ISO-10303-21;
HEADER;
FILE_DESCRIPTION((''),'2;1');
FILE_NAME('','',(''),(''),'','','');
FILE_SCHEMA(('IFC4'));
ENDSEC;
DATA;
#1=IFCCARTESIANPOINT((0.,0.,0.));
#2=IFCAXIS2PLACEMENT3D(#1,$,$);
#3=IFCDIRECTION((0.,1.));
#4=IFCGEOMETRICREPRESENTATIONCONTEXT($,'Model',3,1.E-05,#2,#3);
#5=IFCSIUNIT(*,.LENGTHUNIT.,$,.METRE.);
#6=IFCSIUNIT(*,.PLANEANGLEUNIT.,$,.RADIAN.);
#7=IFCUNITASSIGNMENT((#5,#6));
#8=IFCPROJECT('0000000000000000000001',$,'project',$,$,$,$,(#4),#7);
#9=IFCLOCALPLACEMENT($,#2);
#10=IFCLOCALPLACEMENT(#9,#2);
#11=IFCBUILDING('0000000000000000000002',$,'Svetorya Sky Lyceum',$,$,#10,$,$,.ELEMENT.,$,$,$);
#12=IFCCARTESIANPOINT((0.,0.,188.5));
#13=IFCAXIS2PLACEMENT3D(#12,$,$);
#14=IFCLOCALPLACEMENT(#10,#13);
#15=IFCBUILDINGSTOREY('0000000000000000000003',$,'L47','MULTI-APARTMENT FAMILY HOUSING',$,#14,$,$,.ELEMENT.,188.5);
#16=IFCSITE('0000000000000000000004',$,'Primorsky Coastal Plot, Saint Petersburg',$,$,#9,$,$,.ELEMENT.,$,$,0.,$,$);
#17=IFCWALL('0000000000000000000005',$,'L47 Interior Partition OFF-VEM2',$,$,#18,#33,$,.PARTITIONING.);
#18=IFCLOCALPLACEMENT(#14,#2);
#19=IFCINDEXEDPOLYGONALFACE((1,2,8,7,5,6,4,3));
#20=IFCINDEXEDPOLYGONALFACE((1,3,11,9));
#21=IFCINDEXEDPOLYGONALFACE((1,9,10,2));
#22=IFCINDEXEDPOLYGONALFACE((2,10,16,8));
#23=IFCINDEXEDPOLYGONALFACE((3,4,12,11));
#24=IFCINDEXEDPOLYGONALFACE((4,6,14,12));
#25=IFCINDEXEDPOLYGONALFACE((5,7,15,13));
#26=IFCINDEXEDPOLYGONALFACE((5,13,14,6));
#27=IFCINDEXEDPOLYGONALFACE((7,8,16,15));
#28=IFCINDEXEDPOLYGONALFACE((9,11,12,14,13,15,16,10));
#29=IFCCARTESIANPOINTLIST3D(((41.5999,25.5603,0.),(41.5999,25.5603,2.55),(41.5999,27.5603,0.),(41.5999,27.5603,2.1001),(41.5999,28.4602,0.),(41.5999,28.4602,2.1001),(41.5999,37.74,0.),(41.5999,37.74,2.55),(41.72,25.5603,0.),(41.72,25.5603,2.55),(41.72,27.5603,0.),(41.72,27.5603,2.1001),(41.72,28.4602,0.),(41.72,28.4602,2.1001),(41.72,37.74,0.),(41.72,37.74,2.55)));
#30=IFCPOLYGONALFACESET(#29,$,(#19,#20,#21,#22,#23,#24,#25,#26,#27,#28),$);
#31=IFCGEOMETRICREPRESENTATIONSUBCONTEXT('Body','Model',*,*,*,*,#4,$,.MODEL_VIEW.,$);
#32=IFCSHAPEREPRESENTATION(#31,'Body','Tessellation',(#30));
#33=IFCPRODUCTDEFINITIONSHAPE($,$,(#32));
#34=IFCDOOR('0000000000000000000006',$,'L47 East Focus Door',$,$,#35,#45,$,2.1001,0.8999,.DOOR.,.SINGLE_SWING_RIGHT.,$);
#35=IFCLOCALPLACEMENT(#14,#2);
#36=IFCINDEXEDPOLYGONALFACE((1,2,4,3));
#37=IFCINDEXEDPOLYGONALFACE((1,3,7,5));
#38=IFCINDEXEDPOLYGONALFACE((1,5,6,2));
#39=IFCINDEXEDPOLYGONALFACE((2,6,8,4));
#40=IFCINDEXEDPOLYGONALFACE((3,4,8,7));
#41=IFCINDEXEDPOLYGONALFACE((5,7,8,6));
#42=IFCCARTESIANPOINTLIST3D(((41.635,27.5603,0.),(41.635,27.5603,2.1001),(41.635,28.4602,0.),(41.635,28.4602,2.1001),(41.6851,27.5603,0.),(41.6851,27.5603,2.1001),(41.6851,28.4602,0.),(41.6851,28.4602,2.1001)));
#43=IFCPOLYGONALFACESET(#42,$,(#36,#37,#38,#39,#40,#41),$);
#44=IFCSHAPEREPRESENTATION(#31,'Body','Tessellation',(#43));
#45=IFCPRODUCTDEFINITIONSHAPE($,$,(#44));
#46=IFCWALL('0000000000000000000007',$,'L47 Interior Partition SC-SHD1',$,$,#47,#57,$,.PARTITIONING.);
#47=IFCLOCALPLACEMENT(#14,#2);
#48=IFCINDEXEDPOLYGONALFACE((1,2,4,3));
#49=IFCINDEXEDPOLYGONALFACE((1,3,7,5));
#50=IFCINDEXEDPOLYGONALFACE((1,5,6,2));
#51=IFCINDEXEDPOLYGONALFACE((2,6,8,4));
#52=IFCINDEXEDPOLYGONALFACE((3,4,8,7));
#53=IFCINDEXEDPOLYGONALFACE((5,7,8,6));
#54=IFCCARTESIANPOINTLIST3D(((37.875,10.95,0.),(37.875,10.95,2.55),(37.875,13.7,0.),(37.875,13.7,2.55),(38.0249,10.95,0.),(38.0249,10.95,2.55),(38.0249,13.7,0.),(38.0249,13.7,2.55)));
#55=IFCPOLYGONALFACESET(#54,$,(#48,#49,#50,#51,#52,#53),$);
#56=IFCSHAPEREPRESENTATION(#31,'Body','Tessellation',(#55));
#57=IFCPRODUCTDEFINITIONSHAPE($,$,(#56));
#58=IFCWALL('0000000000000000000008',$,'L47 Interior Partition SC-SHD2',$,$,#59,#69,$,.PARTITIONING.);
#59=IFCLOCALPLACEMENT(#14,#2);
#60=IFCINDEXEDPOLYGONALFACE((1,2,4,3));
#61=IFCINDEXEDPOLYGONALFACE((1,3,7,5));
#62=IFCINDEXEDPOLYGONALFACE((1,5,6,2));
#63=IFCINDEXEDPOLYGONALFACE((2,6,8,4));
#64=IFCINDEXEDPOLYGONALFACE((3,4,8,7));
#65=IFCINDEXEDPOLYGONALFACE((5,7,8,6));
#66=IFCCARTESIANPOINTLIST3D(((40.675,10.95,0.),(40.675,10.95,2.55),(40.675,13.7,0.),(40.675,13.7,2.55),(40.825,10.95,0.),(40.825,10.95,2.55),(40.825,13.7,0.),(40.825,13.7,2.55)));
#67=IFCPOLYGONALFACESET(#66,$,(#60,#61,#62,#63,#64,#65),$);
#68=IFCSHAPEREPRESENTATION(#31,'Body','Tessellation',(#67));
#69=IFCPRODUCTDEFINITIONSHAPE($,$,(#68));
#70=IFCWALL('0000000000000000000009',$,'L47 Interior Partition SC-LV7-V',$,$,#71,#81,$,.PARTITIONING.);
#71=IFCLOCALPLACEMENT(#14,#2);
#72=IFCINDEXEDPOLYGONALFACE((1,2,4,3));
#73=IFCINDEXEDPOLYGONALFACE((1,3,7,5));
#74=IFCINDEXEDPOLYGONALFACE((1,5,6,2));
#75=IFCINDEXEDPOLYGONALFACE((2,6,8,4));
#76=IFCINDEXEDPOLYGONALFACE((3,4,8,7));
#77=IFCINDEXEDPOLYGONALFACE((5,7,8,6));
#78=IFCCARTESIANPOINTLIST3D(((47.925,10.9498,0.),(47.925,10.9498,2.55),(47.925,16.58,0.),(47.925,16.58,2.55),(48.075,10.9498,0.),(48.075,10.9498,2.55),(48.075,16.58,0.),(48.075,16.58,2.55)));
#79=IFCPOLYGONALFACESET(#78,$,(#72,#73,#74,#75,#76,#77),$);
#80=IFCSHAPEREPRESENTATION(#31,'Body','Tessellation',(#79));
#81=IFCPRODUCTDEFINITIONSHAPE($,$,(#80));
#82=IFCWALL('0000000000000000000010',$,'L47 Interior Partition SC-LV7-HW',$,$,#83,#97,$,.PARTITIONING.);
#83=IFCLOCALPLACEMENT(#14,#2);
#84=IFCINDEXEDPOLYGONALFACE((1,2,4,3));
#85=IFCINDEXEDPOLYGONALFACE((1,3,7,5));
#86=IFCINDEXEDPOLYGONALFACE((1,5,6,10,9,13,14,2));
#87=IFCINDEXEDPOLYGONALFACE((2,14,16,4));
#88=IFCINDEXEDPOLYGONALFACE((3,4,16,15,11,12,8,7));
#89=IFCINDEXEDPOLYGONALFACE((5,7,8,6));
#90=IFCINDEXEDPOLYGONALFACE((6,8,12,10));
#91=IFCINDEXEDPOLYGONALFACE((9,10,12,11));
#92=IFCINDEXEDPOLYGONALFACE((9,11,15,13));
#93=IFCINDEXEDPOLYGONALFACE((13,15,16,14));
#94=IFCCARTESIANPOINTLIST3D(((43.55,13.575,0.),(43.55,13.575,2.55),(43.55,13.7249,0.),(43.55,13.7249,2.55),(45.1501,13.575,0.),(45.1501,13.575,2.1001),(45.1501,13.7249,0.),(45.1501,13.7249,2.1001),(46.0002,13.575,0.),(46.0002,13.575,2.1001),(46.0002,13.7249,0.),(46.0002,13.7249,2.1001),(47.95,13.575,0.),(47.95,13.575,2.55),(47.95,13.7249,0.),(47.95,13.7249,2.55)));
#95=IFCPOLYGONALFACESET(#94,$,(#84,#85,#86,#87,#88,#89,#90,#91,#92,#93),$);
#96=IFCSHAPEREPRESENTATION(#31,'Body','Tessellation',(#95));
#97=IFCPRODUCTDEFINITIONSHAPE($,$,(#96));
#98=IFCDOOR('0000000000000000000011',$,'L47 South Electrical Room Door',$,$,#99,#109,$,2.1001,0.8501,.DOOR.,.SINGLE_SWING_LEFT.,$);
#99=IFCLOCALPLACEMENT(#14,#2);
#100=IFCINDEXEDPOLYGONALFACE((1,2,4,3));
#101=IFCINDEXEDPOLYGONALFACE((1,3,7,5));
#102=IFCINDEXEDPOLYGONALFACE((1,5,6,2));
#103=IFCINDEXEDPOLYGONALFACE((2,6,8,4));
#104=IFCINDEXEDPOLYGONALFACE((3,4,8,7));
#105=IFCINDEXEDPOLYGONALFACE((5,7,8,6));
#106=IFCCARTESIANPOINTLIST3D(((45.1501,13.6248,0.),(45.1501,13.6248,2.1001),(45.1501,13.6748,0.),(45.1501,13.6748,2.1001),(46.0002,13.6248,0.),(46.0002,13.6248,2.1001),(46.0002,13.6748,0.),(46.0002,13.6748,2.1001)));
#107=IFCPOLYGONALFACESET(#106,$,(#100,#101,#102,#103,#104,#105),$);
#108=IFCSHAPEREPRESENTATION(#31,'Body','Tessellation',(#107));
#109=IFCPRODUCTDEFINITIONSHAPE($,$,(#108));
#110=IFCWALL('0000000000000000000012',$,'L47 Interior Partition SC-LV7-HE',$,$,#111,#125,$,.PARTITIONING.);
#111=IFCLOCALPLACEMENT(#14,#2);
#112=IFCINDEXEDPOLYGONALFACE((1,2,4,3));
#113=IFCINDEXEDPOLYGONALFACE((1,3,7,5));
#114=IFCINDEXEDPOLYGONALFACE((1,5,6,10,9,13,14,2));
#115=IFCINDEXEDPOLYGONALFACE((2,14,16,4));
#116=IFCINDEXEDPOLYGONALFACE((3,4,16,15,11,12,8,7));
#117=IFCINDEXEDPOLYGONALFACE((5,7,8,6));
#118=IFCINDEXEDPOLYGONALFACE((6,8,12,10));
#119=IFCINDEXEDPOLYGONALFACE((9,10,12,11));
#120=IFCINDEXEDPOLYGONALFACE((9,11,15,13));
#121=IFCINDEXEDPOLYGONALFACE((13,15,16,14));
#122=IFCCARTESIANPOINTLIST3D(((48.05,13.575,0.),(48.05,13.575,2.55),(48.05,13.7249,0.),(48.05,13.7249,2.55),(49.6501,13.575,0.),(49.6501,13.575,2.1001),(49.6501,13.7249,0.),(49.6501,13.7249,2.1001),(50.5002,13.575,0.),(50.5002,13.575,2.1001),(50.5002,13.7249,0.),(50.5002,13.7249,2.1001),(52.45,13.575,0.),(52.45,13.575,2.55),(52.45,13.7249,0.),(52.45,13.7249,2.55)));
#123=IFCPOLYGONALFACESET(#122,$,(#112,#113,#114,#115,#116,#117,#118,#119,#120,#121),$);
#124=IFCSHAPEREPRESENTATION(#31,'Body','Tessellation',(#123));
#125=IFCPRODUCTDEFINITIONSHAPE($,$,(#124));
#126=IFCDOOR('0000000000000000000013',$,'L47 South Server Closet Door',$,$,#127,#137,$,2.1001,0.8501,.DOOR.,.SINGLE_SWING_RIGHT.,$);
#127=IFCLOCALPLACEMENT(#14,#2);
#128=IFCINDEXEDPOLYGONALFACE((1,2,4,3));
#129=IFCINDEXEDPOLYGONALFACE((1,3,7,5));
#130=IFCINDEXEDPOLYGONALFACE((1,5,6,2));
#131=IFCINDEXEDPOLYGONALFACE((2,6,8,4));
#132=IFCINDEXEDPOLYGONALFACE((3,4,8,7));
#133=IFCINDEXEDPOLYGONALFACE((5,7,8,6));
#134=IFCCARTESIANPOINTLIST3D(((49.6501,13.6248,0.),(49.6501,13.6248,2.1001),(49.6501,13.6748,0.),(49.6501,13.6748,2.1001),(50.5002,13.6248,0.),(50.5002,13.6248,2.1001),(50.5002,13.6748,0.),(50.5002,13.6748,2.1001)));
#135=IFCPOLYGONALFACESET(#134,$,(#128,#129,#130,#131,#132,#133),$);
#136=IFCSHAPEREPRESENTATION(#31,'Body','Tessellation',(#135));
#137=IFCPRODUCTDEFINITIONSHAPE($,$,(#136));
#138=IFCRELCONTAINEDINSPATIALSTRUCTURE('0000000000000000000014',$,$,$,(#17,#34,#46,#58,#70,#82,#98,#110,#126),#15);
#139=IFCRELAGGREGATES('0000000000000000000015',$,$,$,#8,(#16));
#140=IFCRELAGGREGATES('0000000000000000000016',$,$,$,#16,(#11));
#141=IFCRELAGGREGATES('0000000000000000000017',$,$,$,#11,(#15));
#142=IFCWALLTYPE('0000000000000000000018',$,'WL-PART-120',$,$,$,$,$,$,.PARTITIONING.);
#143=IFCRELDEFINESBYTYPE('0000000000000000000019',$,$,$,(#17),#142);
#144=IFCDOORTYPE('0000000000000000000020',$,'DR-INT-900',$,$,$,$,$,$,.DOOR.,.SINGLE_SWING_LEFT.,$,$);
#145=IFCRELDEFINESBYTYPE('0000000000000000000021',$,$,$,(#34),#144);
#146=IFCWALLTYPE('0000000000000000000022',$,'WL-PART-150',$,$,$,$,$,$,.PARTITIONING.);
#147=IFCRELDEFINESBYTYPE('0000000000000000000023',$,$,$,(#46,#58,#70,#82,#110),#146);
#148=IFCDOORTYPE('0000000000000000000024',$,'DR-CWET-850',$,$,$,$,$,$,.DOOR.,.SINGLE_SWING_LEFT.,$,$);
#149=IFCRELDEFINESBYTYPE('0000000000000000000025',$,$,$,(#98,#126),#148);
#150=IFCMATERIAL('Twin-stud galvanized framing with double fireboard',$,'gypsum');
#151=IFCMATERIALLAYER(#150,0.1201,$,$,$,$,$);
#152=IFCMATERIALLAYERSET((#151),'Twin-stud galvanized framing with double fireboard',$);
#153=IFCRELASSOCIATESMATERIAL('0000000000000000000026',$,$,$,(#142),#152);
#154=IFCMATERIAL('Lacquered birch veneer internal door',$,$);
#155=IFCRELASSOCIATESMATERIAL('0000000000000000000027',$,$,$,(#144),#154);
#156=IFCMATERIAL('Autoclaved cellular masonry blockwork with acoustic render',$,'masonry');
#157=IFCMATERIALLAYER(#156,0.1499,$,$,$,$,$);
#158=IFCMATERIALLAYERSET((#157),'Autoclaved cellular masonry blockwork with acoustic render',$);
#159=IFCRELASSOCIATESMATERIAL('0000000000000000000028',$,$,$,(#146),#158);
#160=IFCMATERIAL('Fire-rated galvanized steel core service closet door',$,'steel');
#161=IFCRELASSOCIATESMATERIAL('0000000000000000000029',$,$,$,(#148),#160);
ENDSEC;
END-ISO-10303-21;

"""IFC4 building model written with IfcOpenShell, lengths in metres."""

from ifc_helpers import new_model, si_unit, direction, frame, frame_2d, origin, place, context, subcontext, project, spatial, rectangle, extrude, material, layer, layer_set, type_object, element, fill, save


model = new_model("IFC4")

# Units and contexts
model_context = context("Model", 3, precision=1e-05, world=origin(), true_north=direction((0.0, 1.0)))
body_context = subcontext(model_context, "Body", "Model", "MODEL_VIEW")
ifc_project = project(units=[si_unit("LENGTHUNIT", "METRE"), si_unit("PLANEANGLEUNIT", "RADIAN")], contexts=[model_context])

# Site, building, storey
site_placement = place(None, origin())
site = spatial("IfcSite", under=ifc_project, at=site_placement, Name="Primorsky Coastal Plot, Saint Petersburg", CompositionType="ELEMENT", RefElevation=0.0)
building_placement = place(site_placement, origin())
building = spatial("IfcBuilding", under=site, at=building_placement, Name="Svetorya Sky Lyceum", CompositionType="ELEMENT")
storey_placement = place(building_placement, frame((0.0, 0.0, 188.5)))
storey = spatial("IfcBuildingStorey", under=building, at=storey_placement, Name="L47", Description="MULTI-APARTMENT FAMILY HOUSING", CompositionType="ELEMENT", Elevation=188.5)

# Wall, opening, door
ifc_material_1 = material(Name="Twin-stud galvanized framing with double fireboard", Category="gypsum")
ifc_layer_1 = layer(ifc_material_1, 0.1201)
ifc_layer_set_1 = layer_set([ifc_layer_1], Name="Twin-stud galvanized framing with double fireboard")
wall_type_1 = type_object("IfcWallType", Name="WL-PART-120", PredefinedType="PARTITIONING", material=ifc_layer_set_1)
ifc_material_2 = material(Name="Lacquered birch veneer internal door")
door_type_1 = type_object("IfcDoorType", Name="DR-INT-900", OperationType="SINGLE_SWING_LEFT", PredefinedType="DOOR", material=ifc_material_2)
wall_1_placement = place(storey_placement, frame((41.6599, 25.5603, 0.0), z_axis=(0.0, 0.0, 1.0), x_axis=(0.0, 1.0, 0.0)))
wall_1 = element("IfcWall", 1, at=wall_1_placement, inside=storey, type_object=wall_type_1, Name="L47 Interior Partition OFF-VEM2", PredefinedType="PARTITIONING", context=body_context, shape_type="SweptSolid", body=[
    extrude(rectangle(XDim=12.1797, YDim=0.1201, at=frame_2d((6.0898, 0.0))), origin(), (0.0, 0.0, 1.0), 2.55),
])
opening_1_placement = place(wall_1_placement, frame((2.0, 0.0, 0.0)))
opening_1 = element("IfcOpeningElement", 2, at=opening_1_placement, cuts=wall_1, PredefinedType="OPENING", context=body_context, shape_type="SweptSolid", body=[
    extrude(rectangle(XDim=0.8999, YDim=2.1001, at=frame_2d((0.45, 1.05))), frame((0.0, 0.0701, 0.0), z_axis=(0.0, -1.0, 0.0), x_axis=(1.0, 0.0, 0.0)), (0.0, 0.0, 1.0), 0.1401),
])
door_1_placement = place(opening_1_placement, origin())
door_1 = element("IfcDoor", 3, at=door_1_placement, inside=storey, type_object=door_type_1, Name="L47 East Focus Door", OperationType="SINGLE_SWING_RIGHT", OverallHeight=2.1001, OverallWidth=0.8999, PredefinedType="DOOR", context=body_context, shape_type="SweptSolid", body=[
    extrude(rectangle(XDim=0.8999, YDim=2.1001, at=frame_2d((0.45, 1.05))), frame((0.0, 0.0249, 0.0), z_axis=(0.0, -1.0, 0.0), x_axis=(1.0, 0.0, 0.0)), (0.0, 0.0, 1.0), 0.05),
])
fill(opening_1, door_1)

# Walls
ifc_material_3 = material(Name="Autoclaved cellular masonry blockwork with acoustic render", Category="masonry")
ifc_layer_2 = layer(ifc_material_3, 0.1499)
ifc_layer_set_2 = layer_set([ifc_layer_2], Name="Autoclaved cellular masonry blockwork with acoustic render")
wall_type_2 = type_object("IfcWallType", Name="WL-PART-150", PredefinedType="PARTITIONING", material=ifc_layer_set_2)
for number, where, z_axis, x_axis, name in (
    (4, (37.95, 10.95, 0.0), (0.0, 0.0, 1.0), (0.0, 1.0, 0.0), "L47 Interior Partition SC-SHD1"),
    (5, (40.75, 10.95, 0.0), (0.0, 0.0, 1.0), (0.0, 1.0, 0.0), "L47 Interior Partition SC-SHD2"),
):
    element("IfcWall", number, at=place(storey_placement, frame(where, z_axis=z_axis, x_axis=x_axis)), inside=storey, type_object=wall_type_2, Name=name, PredefinedType="PARTITIONING", context=body_context, shape_type="SweptSolid", body=[
        extrude(rectangle(XDim=2.75, YDim=0.1499, at=frame_2d((1.375, 0.0))), origin(), (0.0, 0.0, 1.0), 2.55),
    ])
wall_2_placement = place(storey_placement, frame((48.0, 10.95, 0.0), z_axis=(0.0, 0.0, 1.0), x_axis=(0.0, 1.0, 0.0)))
element("IfcWall", 6, at=wall_2_placement, inside=storey, type_object=wall_type_2, Name="L47 Interior Partition SC-LV7-V", PredefinedType="PARTITIONING", context=body_context, shape_type="SweptSolid", body=[
    extrude(rectangle(XDim=5.6301, YDim=0.1499, at=frame_2d((2.8149, 0.0))), origin(), (0.0, 0.0, 1.0), 2.55),
])

# Walls, openings, doors
wall_3_placement = place(storey_placement, frame((43.55, 13.6499, 0.0), z_axis=(0.0, 0.0, 1.0), x_axis=(1.0, 0.0, 0.0)))
wall_3 = element("IfcWall", 7, at=wall_3_placement, inside=storey, type_object=wall_type_2, Name="L47 Interior Partition SC-LV7-HW", PredefinedType="PARTITIONING", context=body_context, shape_type="SweptSolid", body=[
    extrude(rectangle(XDim=4.3999, YDim=0.1499, at=frame_2d((2.2, 0.0))), origin(), (0.0, 0.0, 1.0), 2.55),
])
opening_2_placement = place(wall_3_placement, frame((1.6001, 0.0, 0.0)))
opening_2 = element("IfcOpeningElement", 8, at=opening_2_placement, cuts=wall_3, PredefinedType="OPENING", context=body_context, shape_type="SweptSolid", body=[
    extrude(rectangle(XDim=0.8501, YDim=2.1001, at=frame_2d((0.425, 1.05))), frame((0.0, 0.085, 0.0), z_axis=(0.0, -1.0, 0.0), x_axis=(1.0, 0.0, 0.0)), (0.0, 0.0, 1.0), 0.1699),
])
ifc_material_4 = material(Name="Fire-rated galvanized steel core service closet door", Category="steel")
door_type_2 = type_object("IfcDoorType", Name="DR-CWET-850", OperationType="SINGLE_SWING_LEFT", PredefinedType="DOOR", material=ifc_material_4)
door_2_placement = place(opening_2_placement, origin())
door_2 = element("IfcDoor", 9, at=door_2_placement, inside=storey, type_object=door_type_2, Name="L47 South Electrical Room Door", OperationType="SINGLE_SWING_LEFT", OverallHeight=2.1001, OverallWidth=0.8501, PredefinedType="DOOR", context=body_context, shape_type="SweptSolid", body=[
    extrude(rectangle(XDim=0.8501, YDim=2.1001, at=frame_2d((0.425, 1.05))), frame((0.0, 0.0249, 0.0), z_axis=(0.0, -1.0, 0.0), x_axis=(1.0, 0.0, 0.0)), (0.0, 0.0, 1.0), 0.05),
])
fill(opening_2, door_2)
wall_4_placement = place(storey_placement, frame((48.05, 13.6499, 0.0), z_axis=(0.0, 0.0, 1.0), x_axis=(1.0, 0.0, 0.0)))
wall_4 = element("IfcWall", 10, at=wall_4_placement, inside=storey, type_object=wall_type_2, Name="L47 Interior Partition SC-LV7-HE", PredefinedType="PARTITIONING", context=body_context, shape_type="SweptSolid", body=[
    extrude(rectangle(XDim=4.3999, YDim=0.1499, at=frame_2d((2.2, 0.0))), origin(), (0.0, 0.0, 1.0), 2.55),
])
opening_3_placement = place(wall_4_placement, frame((1.6001, 0.0, 0.0)))
opening_3 = element("IfcOpeningElement", 11, at=opening_3_placement, cuts=wall_4, PredefinedType="OPENING", context=body_context, shape_type="SweptSolid", body=[
    extrude(rectangle(XDim=0.8501, YDim=2.1001, at=frame_2d((0.425, 1.05))), frame((0.0, 0.085, 0.0), z_axis=(0.0, -1.0, 0.0), x_axis=(1.0, 0.0, 0.0)), (0.0, 0.0, 1.0), 0.1699),
])
door_3_placement = place(opening_3_placement, origin())
door_3 = element("IfcDoor", 12, at=door_3_placement, inside=storey, type_object=door_type_2, Name="L47 South Server Closet Door", OperationType="SINGLE_SWING_RIGHT", OverallHeight=2.1001, OverallWidth=0.8501, PredefinedType="DOOR", context=body_context, shape_type="SweptSolid", body=[
    extrude(rectangle(XDim=0.8501, YDim=2.1001, at=frame_2d((0.425, 1.05))), frame((0.0, 0.0249, 0.0), z_axis=(0.0, -1.0, 0.0), x_axis=(1.0, 0.0, 0.0)), (0.0, 0.0, 1.0), 0.05),
])
fill(opening_3, door_3)

save(model, "model.ifc")
